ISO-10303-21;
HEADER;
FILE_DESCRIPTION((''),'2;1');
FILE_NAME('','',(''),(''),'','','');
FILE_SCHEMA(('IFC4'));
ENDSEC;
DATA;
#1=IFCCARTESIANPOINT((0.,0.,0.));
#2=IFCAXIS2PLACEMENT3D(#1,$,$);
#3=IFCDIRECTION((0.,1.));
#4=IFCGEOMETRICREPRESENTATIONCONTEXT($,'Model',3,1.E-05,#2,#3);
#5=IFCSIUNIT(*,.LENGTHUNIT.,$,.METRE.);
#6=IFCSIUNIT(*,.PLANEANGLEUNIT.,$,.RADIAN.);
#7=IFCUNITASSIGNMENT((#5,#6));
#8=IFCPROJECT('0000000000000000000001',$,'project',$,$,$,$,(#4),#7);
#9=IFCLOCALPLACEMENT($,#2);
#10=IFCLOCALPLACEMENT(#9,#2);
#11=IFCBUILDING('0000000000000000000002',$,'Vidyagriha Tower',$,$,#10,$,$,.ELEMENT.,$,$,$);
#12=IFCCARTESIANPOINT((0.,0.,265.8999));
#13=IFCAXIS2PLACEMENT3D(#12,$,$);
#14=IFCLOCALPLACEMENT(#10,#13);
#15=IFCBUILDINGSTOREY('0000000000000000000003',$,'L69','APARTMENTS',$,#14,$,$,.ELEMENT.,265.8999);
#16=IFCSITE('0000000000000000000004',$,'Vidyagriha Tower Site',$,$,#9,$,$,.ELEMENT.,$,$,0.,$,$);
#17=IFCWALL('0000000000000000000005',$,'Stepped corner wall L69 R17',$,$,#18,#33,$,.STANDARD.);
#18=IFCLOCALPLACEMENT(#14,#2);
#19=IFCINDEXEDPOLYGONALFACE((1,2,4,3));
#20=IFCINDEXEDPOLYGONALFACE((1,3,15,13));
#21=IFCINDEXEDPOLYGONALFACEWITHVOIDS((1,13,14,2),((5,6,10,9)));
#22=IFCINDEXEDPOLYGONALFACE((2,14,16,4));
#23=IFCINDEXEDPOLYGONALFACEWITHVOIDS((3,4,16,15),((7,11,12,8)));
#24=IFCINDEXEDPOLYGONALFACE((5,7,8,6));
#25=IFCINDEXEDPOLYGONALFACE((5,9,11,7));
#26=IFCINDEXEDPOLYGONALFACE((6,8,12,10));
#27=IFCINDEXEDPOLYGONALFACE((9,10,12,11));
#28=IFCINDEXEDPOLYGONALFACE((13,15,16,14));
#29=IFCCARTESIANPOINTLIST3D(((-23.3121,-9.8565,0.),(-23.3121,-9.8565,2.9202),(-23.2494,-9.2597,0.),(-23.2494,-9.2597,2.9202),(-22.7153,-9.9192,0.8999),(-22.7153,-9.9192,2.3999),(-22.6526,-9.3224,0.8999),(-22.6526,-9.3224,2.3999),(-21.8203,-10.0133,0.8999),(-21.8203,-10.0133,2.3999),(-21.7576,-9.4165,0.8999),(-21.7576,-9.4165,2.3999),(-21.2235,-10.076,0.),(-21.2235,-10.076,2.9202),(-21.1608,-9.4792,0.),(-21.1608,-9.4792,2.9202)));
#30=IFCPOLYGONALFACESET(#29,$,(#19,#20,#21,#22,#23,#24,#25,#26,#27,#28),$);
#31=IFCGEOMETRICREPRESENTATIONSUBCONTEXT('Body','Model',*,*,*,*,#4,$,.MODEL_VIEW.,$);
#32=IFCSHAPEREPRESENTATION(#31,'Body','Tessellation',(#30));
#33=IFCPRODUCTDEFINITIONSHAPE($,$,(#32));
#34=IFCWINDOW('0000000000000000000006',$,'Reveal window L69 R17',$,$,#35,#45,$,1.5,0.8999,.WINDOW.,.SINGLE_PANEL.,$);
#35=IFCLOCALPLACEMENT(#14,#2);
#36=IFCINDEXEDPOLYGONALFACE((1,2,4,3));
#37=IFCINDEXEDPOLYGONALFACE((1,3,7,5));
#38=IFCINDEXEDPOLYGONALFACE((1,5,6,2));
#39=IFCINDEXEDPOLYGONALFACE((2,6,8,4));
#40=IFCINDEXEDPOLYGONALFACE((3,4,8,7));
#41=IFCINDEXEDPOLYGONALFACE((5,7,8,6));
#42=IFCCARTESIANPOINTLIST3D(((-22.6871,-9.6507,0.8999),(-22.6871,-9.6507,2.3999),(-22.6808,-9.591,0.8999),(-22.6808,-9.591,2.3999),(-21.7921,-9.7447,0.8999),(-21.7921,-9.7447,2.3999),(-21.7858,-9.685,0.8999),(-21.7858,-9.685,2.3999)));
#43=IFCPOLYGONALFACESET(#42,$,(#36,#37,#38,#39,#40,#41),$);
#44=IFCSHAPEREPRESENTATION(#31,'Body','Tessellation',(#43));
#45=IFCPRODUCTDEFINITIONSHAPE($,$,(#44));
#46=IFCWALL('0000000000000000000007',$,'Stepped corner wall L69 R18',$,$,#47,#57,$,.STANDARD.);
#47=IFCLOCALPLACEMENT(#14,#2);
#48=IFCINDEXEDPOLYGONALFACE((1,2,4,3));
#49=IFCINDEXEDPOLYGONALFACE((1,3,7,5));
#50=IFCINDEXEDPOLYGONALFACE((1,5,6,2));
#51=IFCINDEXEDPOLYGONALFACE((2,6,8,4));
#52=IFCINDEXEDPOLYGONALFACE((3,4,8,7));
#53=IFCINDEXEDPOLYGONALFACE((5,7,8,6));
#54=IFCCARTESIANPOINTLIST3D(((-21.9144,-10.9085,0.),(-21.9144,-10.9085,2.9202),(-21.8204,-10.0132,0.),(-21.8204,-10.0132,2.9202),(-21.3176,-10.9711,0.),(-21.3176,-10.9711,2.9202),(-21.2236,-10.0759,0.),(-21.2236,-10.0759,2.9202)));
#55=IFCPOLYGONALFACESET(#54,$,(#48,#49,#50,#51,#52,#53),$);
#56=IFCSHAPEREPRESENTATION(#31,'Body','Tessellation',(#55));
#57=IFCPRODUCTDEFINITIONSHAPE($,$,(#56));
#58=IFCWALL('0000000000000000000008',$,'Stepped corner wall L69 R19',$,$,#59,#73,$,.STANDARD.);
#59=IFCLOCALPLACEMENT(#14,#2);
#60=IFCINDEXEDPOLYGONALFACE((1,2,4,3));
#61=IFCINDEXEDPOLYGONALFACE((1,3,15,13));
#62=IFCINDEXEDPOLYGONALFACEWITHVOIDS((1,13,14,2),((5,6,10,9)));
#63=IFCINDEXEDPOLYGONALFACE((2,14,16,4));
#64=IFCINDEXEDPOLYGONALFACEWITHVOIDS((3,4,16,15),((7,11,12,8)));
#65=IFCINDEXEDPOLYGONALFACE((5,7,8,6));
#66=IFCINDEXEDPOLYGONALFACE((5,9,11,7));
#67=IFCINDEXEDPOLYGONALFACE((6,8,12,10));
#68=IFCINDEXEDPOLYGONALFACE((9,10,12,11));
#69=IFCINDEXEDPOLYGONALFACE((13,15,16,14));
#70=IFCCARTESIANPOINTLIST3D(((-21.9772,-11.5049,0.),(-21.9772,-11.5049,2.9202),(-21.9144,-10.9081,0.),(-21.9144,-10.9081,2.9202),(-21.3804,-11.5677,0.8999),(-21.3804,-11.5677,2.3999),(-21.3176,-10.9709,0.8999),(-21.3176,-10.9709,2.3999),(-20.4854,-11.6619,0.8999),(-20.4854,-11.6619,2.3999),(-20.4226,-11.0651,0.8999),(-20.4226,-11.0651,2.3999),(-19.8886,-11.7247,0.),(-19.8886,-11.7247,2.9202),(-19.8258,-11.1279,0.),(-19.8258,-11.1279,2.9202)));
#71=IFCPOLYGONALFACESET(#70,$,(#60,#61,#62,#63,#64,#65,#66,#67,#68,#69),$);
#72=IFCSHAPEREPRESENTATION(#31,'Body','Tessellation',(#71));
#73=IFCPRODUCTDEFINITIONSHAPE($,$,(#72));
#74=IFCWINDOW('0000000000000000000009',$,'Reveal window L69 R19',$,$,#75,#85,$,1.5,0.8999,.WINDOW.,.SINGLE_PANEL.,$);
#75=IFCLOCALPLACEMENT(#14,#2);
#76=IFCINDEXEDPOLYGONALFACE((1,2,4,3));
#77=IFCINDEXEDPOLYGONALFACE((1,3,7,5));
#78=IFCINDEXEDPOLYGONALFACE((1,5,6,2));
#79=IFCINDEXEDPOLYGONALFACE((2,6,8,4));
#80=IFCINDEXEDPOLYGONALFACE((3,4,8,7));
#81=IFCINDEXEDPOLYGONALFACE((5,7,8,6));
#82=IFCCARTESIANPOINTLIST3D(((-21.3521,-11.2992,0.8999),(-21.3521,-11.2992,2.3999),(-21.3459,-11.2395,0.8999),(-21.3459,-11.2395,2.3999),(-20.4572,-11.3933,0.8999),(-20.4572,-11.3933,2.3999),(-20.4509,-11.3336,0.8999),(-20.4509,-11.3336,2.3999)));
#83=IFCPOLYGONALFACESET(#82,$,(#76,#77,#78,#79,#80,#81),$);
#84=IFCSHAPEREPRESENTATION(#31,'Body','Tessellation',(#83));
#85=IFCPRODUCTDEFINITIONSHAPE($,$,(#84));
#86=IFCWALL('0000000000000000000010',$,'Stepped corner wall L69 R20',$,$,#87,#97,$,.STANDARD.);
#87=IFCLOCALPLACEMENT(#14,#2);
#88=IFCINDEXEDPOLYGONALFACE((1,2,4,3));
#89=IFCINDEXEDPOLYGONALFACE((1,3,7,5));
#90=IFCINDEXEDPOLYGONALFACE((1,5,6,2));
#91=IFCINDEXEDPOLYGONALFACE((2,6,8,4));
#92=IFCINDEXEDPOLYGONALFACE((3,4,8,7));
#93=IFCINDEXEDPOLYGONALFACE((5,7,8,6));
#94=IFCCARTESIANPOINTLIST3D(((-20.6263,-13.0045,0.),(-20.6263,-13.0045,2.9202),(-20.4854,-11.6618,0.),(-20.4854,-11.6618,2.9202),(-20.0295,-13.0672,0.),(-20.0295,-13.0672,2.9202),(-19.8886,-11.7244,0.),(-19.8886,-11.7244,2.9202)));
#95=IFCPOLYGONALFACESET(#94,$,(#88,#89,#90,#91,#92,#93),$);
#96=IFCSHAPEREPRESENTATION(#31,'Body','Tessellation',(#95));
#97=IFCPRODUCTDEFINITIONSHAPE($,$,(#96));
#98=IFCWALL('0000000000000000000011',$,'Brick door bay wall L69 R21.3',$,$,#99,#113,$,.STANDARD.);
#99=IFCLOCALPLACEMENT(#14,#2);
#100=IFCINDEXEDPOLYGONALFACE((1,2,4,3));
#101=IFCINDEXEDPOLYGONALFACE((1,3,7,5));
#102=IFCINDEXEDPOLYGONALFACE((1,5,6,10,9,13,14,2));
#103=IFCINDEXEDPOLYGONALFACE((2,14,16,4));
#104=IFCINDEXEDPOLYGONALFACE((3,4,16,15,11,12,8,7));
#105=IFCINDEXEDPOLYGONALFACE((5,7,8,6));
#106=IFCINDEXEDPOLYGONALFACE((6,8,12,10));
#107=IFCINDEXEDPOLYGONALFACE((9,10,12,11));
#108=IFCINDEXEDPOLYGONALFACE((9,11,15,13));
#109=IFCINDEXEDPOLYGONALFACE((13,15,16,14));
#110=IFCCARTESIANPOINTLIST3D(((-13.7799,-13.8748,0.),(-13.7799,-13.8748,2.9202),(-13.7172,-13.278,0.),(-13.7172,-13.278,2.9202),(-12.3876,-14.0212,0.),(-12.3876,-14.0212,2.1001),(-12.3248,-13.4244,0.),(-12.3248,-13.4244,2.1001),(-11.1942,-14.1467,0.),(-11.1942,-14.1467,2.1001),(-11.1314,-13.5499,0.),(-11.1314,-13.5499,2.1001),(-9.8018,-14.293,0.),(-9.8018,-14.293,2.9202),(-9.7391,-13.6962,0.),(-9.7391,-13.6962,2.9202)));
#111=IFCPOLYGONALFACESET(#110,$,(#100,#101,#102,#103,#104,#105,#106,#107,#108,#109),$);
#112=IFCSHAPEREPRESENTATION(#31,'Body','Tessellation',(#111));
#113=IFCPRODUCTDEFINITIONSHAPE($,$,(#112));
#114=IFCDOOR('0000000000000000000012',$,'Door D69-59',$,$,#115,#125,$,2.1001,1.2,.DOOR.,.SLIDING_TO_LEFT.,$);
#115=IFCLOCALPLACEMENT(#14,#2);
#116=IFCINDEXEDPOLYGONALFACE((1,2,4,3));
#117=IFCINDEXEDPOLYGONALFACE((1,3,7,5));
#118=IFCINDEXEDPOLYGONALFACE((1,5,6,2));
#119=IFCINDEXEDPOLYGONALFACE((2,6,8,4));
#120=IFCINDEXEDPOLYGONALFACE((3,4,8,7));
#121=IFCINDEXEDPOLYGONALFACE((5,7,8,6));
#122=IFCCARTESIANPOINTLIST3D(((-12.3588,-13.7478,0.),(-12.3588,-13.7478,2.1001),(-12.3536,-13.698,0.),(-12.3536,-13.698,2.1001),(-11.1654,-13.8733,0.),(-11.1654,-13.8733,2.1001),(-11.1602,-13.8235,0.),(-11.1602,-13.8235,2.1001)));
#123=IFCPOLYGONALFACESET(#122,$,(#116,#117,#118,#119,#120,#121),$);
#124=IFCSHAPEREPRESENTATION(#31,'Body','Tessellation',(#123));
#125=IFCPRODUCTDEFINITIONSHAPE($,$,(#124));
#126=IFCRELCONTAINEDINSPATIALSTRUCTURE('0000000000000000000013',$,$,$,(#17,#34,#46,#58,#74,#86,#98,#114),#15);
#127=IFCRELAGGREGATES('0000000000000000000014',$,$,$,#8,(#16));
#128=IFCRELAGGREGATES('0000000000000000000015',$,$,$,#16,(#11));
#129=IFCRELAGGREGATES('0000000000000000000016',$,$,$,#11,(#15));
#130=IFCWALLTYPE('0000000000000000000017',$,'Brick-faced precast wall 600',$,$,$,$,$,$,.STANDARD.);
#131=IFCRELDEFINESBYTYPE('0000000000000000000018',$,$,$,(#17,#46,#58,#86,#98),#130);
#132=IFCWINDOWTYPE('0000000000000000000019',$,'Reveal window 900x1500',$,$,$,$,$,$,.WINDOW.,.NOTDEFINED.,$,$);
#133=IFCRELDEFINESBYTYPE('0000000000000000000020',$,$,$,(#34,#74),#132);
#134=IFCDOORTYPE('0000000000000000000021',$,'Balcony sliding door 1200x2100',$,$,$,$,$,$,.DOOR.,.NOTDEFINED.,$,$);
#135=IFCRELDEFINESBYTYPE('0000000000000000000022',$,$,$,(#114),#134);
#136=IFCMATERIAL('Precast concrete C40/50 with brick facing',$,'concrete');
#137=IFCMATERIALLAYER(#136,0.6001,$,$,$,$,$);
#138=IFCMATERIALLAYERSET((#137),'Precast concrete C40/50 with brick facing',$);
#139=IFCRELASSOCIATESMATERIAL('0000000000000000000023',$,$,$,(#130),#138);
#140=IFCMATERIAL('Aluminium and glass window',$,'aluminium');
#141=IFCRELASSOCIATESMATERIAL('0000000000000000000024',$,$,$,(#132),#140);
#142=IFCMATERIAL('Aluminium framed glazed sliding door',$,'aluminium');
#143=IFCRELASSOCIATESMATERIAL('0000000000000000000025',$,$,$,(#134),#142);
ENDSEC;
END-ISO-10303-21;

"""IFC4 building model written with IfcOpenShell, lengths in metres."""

from ifc_helpers import new_model, si_unit, direction, frame, frame_2d, origin, place, context, subcontext, project, spatial, rectangle, extrude, material, layer, layer_set, type_object, element, fill, save


model = new_model("IFC4")

# Units and contexts
model_context = context("Model", 3, precision=1e-05, world=origin(), true_north=direction((0.0, 1.0)))
body_context = subcontext(model_context, "Body", "Model", "MODEL_VIEW")
ifc_project = project(units=[si_unit("LENGTHUNIT", "METRE"), si_unit("PLANEANGLEUNIT", "RADIAN")], contexts=[model_context])

# Site, building, storey
site_placement = place(None, origin())
site = spatial("IfcSite", under=ifc_project, at=site_placement, Name="Vidyagriha Tower Site", CompositionType="ELEMENT", RefElevation=0.0)
building_placement = place(site_placement, origin())
building = spatial("IfcBuilding", under=site, at=building_placement, Name="Vidyagriha Tower", CompositionType="ELEMENT")
storey_placement = place(building_placement, frame((0.0, 0.0, 265.8999)))
storey = spatial("IfcBuildingStorey", under=building, at=storey_placement, Name="L69", Description="APARTMENTS", CompositionType="ELEMENT", Elevation=265.8999)

# Wall, opening, window
ifc_material_1 = material(Name="Precast concrete C40/50 with brick facing", Category="concrete")
ifc_layer_1 = layer(ifc_material_1, 0.6001)
ifc_layer_set_1 = layer_set([ifc_layer_1], Name="Precast concrete C40/50 with brick facing")
wall_type = type_object("IfcWallType", Name="Brick-faced precast wall 600", PredefinedType="STANDARD", material=ifc_layer_set_1)
wall_1_placement = place(storey_placement, frame((-23.2808, -9.5581, 0.0), z_axis=(0.0, 0.0, 1.0), x_axis=(0.994524, -0.104509, 0.0)))
wall_1 = element("IfcWall", 1, at=wall_1_placement, inside=storey, type_object=wall_type, Name="Stepped corner wall L69 R17", PredefinedType="STANDARD", context=body_context, shape_type="SweptSolid", body=[
    extrude(rectangle(XDim=2.1001, YDim=0.6001, at=frame_2d((1.05, 0.0))), origin(), (0.0, 0.0, 1.0), 2.9202),
])
opening_1_placement = place(wall_1_placement, frame((0.6001, 0.0, 0.8999)))
opening_1 = element("IfcOpeningElement", 2, at=opening_1_placement, cuts=wall_1, PredefinedType="OPENING", context=body_context, shape_type="SweptSolid", body=[
    extrude(rectangle(XDim=0.8999, YDim=1.5, at=frame_2d((0.45, 0.75))), frame((0.0, 0.3101, 0.0), z_axis=(0.0, -1.0, 0.0), x_axis=(1.0, 0.0, 0.0)), (0.0, 0.0, 1.0), 0.6201),
])
ifc_material_2 = material(Name="Aluminium and glass window", Category="aluminium")
window_type = type_object("IfcWindowType", Name="Reveal window 900x1500", PartitioningType="NOTDEFINED", PredefinedType="WINDOW", material=ifc_material_2)
window_1_placement = place(opening_1_placement, origin())
window_1 = element("IfcWindow", 3, at=window_1_placement, inside=storey, type_object=window_type, Name="Reveal window L69 R17", OverallHeight=1.5, OverallWidth=0.8999, PartitioningType="SINGLE_PANEL", PredefinedType="WINDOW", context=body_context, shape_type="SweptSolid", body=[
    extrude(rectangle(XDim=0.8999, YDim=1.5, at=frame_2d((0.45, 0.75))), frame((0.0, 0.03, 0.0), z_axis=(0.0, -1.0, 0.0), x_axis=(1.0, 0.0, 0.0)), (0.0, 0.0, 1.0), 0.0601),
])
fill(opening_1, window_1)

# Wall
wall_2_placement = place(storey_placement, frame((-21.522, -10.0444, 0.0), z_axis=(0.0, 0.0, 1.0), x_axis=(-0.104417, -0.994534, 0.0)))
element("IfcWall", 4, at=wall_2_placement, inside=storey, type_object=wall_type, Name="Stepped corner wall L69 R18", PredefinedType="STANDARD", context=body_context, shape_type="SweptSolid", body=[
    extrude(rectangle(XDim=0.9001, YDim=0.6001, at=frame_2d((0.4502, 0.0))), origin(), (0.0, 0.0, 1.0), 2.9202),
])

# Wall, opening, window
wall_3_placement = place(storey_placement, frame((-21.9458, -11.2065, 0.0), z_axis=(0.0, 0.0, 1.0), x_axis=(0.994512, -0.104624, 0.0)))
wall_3 = element("IfcWall", 5, at=wall_3_placement, inside=storey, type_object=wall_type, Name="Stepped corner wall L69 R19", PredefinedType="STANDARD", context=body_context, shape_type="SweptSolid", body=[
    extrude(rectangle(XDim=2.1001, YDim=0.6001, at=frame_2d((1.05, 0.0))), origin(), (0.0, 0.0, 1.0), 2.9202),
])
opening_2_placement = place(wall_3_placement, frame((0.6001, 0.0, 0.8999)))
opening_2 = element("IfcOpeningElement", 6, at=opening_2_placement, cuts=wall_3, PredefinedType="OPENING", context=body_context, shape_type="SweptSolid", body=[
    extrude(rectangle(XDim=0.8999, YDim=1.5, at=frame_2d((0.45, 0.75))), frame((0.0, 0.3101, 0.0), z_axis=(0.0, -1.0, 0.0), x_axis=(1.0, 0.0, 0.0)), (0.0, 0.0, 1.0), 0.6201),
])
window_2_placement = place(opening_2_placement, origin())
window_2 = element("IfcWindow", 7, at=window_2_placement, inside=storey, type_object=window_type, Name="Reveal window L69 R19", OverallHeight=1.5, OverallWidth=0.8999, PartitioningType="SINGLE_PANEL", PredefinedType="WINDOW", context=body_context, shape_type="SweptSolid", body=[
    extrude(rectangle(XDim=0.8999, YDim=1.5, at=frame_2d((0.45, 0.75))), frame((0.0, 0.03, 0.0), z_axis=(0.0, -1.0, 0.0), x_axis=(1.0, 0.0, 0.0)), (0.0, 0.0, 1.0), 0.0601),
])
fill(opening_2, window_2)

# Wall
wall_4_placement = place(storey_placement, frame((-20.187, -11.6931, 0.0), z_axis=(0.0, 0.0, 1.0), x_axis=(-0.104337, -0.994542, 0.0)))
element("IfcWall", 8, at=wall_4_placement, inside=storey, type_object=wall_type, Name="Stepped corner wall L69 R20", PredefinedType="STANDARD", context=body_context, shape_type="SweptSolid", body=[
    extrude(rectangle(XDim=1.3501, YDim=0.6001, at=frame_2d((0.675, 0.0))), origin(), (0.0, 0.0, 1.0), 2.9202),
])

# Wall, opening, door
wall_5_placement = place(storey_placement, frame((-13.7485, -13.5764, 0.0), z_axis=(0.0, 0.0, 1.0), x_axis=(0.994519, -0.104555, 0.0)))
wall_5 = element("IfcWall", 9, at=wall_5_placement, inside=storey, type_object=wall_type, Name="Brick door bay wall L69 R21.3", PredefinedType="STANDARD", context=body_context, shape_type="SweptSolid", body=[
    extrude(rectangle(XDim=4.0, YDim=0.6001, at=frame_2d((2.0, 0.0))), origin(), (0.0, 0.0, 1.0), 2.9202),
])
opening_3_placement = place(wall_5_placement, frame((1.3999, 0.0, 0.0)))
opening_3 = element("IfcOpeningElement", 10, at=opening_3_placement, cuts=wall_5, PredefinedType="OPENING", context=body_context, shape_type="SweptSolid", body=[
    extrude(rectangle(XDim=1.2, YDim=2.1001, at=frame_2d((0.6001, 1.05))), frame((0.0, 0.3101, 0.0), z_axis=(0.0, -1.0, 0.0), x_axis=(1.0, 0.0, 0.0)), (0.0, 0.0, 1.0), 0.6201),
])
ifc_material_3 = material(Name="Aluminium framed glazed sliding door", Category="aluminium")
door_type = type_object("IfcDoorType", Name="Balcony sliding door 1200x2100", OperationType="NOTDEFINED", PredefinedType="DOOR", material=ifc_material_3)
door_placement = place(opening_3_placement, origin())
door = element("IfcDoor", 11, at=door_placement, inside=storey, type_object=door_type, Name="Door D69-59", OperationType="SLIDING_TO_LEFT", OverallHeight=2.1001, OverallWidth=1.2, PredefinedType="DOOR", context=body_context, shape_type="SweptSolid", body=[
    extrude(rectangle(XDim=1.2, YDim=2.1001, at=frame_2d((0.6001, 1.05))), frame((0.0, 0.0249, 0.0), z_axis=(0.0, -1.0, 0.0), x_axis=(1.0, 0.0, 0.0)), (0.0, 0.0, 1.0), 0.05),
])
fill(opening_3, door)

save(model, "model.ifc")
